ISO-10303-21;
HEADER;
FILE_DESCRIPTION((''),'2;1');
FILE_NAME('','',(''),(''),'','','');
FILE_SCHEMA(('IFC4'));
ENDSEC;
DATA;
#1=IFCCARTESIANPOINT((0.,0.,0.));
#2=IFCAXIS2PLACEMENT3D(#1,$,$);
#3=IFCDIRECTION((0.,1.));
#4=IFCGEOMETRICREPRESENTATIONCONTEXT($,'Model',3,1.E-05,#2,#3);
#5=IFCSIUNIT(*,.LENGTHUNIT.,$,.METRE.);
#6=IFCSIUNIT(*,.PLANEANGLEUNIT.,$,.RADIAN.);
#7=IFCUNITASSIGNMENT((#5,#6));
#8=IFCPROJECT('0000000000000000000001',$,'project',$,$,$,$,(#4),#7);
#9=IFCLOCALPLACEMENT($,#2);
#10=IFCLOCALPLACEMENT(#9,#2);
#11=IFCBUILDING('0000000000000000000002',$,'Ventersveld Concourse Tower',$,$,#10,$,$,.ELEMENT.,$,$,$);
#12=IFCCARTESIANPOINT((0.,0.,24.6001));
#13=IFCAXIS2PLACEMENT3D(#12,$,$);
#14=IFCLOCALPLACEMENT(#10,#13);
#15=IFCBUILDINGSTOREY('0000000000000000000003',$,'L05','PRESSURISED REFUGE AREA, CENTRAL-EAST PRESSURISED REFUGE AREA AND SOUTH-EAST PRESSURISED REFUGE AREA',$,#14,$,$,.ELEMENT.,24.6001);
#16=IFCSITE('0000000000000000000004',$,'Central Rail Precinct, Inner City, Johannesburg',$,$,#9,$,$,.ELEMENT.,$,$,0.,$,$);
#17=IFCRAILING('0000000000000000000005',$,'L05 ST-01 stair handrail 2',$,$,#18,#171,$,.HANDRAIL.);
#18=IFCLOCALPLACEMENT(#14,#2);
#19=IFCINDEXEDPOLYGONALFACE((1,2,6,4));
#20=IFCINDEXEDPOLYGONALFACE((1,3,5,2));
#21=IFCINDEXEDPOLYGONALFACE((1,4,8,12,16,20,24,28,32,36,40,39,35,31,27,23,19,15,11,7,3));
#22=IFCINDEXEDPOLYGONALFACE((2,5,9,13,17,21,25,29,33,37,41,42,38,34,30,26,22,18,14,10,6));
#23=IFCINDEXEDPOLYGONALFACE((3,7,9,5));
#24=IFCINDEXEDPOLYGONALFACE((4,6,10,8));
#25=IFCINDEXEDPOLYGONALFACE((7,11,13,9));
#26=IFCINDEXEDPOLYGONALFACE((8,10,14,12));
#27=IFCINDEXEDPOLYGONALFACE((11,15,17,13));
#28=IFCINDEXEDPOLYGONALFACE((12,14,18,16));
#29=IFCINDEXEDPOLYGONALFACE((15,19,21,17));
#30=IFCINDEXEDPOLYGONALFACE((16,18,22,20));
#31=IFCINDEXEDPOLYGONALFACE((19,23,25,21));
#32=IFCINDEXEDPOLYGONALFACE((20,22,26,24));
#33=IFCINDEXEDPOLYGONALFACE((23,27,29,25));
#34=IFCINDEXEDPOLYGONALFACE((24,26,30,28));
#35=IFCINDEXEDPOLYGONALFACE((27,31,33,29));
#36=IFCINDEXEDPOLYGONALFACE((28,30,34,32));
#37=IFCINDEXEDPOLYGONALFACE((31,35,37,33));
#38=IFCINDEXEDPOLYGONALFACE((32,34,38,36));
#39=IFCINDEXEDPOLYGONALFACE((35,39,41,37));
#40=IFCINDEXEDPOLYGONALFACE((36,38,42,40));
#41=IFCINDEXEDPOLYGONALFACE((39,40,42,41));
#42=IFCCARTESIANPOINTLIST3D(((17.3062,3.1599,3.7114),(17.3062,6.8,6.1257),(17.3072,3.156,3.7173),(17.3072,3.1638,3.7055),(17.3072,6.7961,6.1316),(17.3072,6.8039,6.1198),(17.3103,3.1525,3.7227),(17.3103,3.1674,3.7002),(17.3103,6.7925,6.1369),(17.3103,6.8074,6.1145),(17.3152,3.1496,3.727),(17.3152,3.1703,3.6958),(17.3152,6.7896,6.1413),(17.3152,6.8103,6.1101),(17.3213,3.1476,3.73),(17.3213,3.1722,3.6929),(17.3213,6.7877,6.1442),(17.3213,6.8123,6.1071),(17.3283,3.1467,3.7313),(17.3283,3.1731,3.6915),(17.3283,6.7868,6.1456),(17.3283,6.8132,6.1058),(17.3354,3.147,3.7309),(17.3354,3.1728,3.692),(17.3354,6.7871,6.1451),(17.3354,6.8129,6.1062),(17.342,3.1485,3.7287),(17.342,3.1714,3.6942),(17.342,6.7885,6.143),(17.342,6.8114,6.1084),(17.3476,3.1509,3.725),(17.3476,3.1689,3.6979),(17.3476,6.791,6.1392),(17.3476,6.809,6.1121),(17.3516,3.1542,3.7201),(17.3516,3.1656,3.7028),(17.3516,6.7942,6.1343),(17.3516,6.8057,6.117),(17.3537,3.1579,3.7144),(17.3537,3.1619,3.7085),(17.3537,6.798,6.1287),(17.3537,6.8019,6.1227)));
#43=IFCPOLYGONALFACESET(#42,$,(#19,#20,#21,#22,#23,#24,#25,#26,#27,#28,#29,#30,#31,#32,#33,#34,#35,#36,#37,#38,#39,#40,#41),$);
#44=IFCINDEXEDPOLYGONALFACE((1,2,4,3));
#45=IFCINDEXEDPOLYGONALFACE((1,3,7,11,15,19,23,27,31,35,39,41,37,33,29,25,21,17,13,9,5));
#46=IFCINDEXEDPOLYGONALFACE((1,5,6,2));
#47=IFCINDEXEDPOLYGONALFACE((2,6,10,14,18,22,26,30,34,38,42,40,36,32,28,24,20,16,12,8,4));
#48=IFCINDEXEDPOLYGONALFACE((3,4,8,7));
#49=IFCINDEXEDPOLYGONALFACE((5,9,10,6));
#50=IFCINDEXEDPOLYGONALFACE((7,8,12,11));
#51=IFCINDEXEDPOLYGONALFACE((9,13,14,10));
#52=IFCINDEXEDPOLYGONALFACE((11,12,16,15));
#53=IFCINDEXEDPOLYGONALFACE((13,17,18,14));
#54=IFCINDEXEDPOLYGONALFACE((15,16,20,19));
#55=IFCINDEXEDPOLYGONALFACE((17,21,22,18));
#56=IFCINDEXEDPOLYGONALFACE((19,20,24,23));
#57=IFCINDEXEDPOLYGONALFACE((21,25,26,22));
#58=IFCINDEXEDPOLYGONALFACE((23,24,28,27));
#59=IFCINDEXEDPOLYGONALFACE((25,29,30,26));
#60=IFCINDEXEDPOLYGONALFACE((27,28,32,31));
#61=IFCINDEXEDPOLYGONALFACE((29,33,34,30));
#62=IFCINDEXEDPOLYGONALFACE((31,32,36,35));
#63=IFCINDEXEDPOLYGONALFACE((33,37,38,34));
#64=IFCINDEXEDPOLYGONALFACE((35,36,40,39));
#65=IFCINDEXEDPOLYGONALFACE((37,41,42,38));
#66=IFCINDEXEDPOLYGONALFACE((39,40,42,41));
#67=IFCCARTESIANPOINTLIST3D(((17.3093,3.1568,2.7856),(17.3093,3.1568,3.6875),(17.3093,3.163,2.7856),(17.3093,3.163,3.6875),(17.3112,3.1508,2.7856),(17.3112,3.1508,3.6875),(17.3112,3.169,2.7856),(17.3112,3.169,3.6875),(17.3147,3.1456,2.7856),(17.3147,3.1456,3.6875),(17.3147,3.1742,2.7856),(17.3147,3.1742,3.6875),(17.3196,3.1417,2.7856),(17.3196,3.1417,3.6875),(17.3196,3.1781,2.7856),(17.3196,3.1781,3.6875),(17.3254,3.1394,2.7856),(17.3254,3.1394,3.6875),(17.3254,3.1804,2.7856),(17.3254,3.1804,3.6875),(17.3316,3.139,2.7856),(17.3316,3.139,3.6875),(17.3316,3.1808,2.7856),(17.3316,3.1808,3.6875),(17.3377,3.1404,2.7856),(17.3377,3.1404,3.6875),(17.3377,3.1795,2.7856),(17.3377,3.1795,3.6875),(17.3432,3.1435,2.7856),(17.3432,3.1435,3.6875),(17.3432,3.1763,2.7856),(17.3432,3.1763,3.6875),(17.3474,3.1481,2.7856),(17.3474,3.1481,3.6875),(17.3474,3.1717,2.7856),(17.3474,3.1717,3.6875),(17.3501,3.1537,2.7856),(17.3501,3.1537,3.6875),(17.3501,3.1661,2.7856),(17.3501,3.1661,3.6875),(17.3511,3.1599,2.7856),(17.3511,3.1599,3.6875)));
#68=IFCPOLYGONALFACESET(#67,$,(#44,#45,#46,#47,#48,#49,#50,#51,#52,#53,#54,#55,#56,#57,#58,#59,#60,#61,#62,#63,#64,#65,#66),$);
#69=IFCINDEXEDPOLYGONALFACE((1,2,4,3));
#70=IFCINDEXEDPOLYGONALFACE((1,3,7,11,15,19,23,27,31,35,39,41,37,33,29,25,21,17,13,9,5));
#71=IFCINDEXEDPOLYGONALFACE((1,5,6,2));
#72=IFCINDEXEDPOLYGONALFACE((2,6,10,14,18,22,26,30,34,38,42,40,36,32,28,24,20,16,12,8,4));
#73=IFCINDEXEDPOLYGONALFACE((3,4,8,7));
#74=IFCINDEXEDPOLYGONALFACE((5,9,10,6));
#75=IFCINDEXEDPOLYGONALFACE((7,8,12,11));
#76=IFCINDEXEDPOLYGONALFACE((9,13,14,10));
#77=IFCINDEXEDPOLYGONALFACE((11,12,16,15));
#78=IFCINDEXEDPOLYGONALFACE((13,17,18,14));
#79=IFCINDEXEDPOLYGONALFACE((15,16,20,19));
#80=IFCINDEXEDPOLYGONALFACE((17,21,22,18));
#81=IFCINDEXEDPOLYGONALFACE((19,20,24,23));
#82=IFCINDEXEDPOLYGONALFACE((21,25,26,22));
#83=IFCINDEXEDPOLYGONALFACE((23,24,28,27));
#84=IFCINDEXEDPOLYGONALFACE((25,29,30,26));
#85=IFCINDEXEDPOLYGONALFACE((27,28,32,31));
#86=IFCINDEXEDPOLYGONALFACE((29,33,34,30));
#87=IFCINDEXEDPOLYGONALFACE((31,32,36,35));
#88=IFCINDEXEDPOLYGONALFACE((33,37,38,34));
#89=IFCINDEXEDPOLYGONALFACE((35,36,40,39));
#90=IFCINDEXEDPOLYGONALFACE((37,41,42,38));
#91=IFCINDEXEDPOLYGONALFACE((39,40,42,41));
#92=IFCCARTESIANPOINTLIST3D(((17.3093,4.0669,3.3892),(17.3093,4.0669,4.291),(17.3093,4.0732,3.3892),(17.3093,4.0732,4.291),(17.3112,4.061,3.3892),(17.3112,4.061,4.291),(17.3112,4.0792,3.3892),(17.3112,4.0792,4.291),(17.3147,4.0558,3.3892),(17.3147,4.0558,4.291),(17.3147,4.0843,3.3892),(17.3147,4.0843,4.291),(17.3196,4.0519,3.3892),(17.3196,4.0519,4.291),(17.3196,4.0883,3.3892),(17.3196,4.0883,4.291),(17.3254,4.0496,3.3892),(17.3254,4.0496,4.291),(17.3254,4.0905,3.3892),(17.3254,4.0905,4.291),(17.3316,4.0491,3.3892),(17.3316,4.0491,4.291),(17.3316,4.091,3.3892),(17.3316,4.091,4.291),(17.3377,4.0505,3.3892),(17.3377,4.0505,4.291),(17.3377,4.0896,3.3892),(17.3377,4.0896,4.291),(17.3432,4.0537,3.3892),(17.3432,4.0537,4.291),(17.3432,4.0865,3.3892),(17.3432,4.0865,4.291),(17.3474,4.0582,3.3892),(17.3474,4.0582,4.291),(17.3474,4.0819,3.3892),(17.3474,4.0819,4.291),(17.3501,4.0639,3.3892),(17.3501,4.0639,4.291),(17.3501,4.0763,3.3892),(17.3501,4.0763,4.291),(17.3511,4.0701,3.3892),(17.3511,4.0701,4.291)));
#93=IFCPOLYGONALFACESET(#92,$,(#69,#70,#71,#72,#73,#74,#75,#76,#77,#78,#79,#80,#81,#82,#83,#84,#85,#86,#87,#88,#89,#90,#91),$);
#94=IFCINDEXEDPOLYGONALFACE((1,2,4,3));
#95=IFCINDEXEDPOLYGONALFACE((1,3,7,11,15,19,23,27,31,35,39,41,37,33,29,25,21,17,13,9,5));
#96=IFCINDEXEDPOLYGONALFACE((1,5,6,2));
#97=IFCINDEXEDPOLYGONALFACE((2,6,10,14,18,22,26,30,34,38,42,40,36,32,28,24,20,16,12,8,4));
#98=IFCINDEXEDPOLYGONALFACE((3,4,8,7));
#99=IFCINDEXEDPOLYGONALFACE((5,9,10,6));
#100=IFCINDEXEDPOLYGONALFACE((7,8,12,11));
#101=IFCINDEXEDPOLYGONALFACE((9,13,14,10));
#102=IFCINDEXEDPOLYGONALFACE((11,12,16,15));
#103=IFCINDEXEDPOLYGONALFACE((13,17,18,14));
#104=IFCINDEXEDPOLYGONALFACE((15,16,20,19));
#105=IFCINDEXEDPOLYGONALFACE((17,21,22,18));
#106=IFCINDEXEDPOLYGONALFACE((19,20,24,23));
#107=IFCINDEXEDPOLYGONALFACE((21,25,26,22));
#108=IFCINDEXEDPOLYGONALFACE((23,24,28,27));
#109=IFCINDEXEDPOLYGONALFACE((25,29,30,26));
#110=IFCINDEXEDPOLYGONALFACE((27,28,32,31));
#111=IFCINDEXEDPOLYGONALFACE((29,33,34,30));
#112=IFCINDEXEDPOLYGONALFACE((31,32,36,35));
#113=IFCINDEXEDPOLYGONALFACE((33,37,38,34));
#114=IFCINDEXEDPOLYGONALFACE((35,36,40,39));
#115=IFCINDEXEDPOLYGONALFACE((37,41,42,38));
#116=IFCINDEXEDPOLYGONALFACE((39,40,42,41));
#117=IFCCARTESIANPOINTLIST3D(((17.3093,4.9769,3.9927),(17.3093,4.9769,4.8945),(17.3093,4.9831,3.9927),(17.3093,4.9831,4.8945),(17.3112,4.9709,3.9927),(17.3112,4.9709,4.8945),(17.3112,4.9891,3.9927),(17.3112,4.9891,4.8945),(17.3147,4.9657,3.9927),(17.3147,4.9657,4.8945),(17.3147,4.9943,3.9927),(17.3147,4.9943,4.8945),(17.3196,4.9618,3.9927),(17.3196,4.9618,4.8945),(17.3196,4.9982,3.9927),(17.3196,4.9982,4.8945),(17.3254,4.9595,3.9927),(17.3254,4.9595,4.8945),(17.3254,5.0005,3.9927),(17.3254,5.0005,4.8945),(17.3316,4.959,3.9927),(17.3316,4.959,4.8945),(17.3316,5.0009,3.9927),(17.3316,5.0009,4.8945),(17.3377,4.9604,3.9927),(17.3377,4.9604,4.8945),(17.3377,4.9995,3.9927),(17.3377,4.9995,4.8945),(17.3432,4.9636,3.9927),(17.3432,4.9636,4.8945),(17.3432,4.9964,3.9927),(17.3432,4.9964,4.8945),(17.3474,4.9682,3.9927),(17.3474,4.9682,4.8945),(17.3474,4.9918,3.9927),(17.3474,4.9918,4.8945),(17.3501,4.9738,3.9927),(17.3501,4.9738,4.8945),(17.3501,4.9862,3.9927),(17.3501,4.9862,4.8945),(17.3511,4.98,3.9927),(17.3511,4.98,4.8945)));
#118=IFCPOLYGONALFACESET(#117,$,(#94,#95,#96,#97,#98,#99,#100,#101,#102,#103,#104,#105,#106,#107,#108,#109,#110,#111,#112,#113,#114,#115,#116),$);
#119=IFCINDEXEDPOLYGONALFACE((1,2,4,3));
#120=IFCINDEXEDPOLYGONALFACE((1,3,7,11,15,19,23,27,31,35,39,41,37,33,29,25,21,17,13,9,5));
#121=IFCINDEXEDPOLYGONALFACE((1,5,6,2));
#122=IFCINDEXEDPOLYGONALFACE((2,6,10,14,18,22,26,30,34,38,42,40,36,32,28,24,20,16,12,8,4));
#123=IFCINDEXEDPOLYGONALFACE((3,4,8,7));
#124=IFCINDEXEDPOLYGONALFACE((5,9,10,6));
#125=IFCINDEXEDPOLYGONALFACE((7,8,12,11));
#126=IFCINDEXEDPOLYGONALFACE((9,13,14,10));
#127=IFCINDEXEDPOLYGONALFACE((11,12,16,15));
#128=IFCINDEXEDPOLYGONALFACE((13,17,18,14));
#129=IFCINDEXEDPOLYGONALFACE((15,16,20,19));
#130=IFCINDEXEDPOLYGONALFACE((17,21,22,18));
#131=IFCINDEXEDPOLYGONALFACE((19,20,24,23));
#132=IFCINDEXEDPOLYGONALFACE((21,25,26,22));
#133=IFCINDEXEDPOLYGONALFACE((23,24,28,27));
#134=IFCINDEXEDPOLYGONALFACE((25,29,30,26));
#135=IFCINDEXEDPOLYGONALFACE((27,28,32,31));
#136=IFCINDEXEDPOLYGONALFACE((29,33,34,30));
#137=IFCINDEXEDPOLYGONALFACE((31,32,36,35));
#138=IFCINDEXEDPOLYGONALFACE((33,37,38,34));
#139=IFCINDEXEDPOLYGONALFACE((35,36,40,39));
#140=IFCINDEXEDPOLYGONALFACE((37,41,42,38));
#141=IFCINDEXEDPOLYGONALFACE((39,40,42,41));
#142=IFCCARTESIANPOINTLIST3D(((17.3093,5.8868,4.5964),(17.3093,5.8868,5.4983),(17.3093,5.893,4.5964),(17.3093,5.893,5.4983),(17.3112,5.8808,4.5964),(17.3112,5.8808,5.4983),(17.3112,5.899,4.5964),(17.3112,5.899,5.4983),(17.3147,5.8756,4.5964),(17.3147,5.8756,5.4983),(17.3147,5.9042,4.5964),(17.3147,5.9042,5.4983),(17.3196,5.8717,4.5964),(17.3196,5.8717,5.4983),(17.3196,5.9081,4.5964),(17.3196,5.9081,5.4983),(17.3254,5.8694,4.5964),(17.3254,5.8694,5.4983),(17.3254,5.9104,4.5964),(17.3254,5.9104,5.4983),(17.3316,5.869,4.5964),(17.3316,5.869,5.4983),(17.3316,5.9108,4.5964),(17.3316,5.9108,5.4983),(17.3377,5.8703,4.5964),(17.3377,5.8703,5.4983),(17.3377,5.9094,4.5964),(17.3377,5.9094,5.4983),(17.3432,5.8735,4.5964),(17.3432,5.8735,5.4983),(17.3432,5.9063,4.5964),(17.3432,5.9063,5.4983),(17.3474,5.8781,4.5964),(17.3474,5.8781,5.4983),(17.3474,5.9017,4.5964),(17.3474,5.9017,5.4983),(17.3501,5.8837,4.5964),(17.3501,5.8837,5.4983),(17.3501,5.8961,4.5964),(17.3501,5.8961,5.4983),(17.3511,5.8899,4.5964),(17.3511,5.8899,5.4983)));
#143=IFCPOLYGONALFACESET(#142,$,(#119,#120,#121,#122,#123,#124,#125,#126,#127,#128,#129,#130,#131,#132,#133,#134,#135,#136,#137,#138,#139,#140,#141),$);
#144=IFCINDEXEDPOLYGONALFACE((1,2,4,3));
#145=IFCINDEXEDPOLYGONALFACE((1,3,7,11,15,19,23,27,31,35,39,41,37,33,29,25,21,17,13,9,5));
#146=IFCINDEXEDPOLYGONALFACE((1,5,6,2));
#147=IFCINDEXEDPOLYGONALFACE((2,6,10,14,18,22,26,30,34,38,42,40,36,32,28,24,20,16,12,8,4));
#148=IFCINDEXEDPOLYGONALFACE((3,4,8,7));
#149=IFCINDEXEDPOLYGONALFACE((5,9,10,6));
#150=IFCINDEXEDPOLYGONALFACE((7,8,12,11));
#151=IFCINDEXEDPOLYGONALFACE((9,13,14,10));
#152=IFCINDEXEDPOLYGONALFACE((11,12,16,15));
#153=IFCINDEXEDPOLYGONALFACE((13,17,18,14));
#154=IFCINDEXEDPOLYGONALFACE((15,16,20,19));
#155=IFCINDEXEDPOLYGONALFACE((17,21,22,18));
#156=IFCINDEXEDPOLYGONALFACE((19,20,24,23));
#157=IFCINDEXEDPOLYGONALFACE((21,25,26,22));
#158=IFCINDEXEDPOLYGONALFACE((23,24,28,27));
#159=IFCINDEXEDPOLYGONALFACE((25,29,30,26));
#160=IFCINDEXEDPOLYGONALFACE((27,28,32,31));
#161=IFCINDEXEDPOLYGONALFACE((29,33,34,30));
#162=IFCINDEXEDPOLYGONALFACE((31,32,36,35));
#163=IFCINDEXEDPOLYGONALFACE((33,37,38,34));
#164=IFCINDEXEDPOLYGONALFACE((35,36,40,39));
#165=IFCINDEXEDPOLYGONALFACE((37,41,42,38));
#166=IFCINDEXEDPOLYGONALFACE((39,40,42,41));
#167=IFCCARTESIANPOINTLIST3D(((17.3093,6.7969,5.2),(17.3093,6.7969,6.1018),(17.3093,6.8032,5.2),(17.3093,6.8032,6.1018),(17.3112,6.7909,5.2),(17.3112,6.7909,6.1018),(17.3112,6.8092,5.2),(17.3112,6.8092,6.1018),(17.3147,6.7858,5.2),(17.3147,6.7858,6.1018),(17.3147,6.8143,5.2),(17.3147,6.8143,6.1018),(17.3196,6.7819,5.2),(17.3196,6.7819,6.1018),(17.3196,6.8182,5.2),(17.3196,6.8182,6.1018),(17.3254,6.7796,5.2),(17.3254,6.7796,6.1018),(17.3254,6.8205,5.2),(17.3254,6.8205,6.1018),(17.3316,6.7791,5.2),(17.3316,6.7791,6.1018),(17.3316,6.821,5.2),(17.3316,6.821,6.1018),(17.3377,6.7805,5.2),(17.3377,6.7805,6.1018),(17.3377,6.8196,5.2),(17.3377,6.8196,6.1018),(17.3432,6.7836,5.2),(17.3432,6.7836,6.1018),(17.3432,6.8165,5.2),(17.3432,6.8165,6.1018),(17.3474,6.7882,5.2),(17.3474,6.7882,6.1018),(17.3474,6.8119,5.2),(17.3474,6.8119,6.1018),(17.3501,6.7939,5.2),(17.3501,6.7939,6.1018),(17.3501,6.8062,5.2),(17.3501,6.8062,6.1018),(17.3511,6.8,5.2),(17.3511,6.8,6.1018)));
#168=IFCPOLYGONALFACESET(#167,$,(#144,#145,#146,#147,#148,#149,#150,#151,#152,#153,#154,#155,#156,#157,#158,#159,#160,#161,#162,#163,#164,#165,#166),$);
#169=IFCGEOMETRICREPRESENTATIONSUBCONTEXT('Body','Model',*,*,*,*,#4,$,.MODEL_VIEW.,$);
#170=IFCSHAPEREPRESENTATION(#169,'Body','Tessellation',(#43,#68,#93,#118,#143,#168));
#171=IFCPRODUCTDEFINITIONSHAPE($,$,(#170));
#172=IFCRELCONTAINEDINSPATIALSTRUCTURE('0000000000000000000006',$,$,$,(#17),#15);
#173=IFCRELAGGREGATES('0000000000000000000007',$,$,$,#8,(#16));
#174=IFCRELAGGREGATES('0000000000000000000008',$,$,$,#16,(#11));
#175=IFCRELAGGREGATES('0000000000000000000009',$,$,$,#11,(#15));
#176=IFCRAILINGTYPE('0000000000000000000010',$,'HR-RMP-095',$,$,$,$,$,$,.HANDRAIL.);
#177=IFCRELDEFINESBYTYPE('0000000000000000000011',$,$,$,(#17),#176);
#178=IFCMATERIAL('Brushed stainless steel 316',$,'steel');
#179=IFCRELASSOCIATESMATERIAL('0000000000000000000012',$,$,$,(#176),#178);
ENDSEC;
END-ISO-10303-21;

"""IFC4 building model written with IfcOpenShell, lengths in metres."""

from ifc_helpers import new_model, si_unit, direction, frame, origin, origin_2d, place, context, subcontext, project, spatial, circle, extrude, material, type_object, element, save


model = new_model("IFC4")

# Units and contexts
model_context = context("Model", 3, precision=1e-05, world=origin(), true_north=direction((0.0, 1.0)))
body_context = subcontext(model_context, "Body", "Model", "MODEL_VIEW")
ifc_project = project(units=[si_unit("LENGTHUNIT", "METRE"), si_unit("PLANEANGLEUNIT", "RADIAN")], contexts=[model_context])

# Site, building, storey
site_placement = place(None, origin())
site = spatial("IfcSite", under=ifc_project, at=site_placement, Name="Central Rail Precinct, Inner City, Johannesburg", CompositionType="ELEMENT", RefElevation=0.0)
building_placement = place(site_placement, origin())
building = spatial("IfcBuilding", under=site, at=building_placement, Name="Ventersveld Concourse Tower", CompositionType="ELEMENT")
storey_placement = place(building_placement, frame((0.0, 0.0, 24.6001)))
storey = spatial("IfcBuildingStorey", under=building, at=storey_placement, Name="L05", Description="PRESSURISED REFUGE AREA, CENTRAL-EAST PRESSURISED REFUGE AREA AND SOUTH-EAST PRESSURISED REFUGE AREA", CompositionType="ELEMENT", Elevation=24.6001)

# Shared definitions
ifc_material_1 = material(Name="Brushed stainless steel 316", Category="steel")

# Railing
railing_type_1 = type_object("IfcRailingType", Name="HR-RMP-095", PredefinedType="HANDRAIL", material=ifc_material_1)
railing_1_placement = place(storey_placement, frame((17.3301, 3.1599, 2.7856)))
element("IfcRailing", 1, at=railing_1_placement, inside=storey, type_object=railing_type_1, Name="L05 ST-01 stair handrail 2", PredefinedType="HANDRAIL", context=body_context, shape_type="SweptSolid", body=[
    extrude(circle(Radius=0.0239, at=origin_2d()), frame((0.0, 0.0, 0.9258), z_axis=(0.0, 0.833364, 0.552725), x_axis=(-1.0, 0.0, 0.0)), (0.0, 0.0, 1.0), 4.3679),
    extrude(circle(Radius=0.021, at=origin_2d()), origin(), (0.0, 0.0, 1.0), 0.9019),
    extrude(circle(Radius=0.021, at=origin_2d()), frame((0.0, 0.9102, 0.6035)), (0.0, 0.0, 1.0), 0.9019),
    extrude(circle(Radius=0.021, at=origin_2d()), frame((0.0, 1.8201, 1.207)), (0.0, 0.0, 1.0), 0.9019),
    extrude(circle(Radius=0.021, at=origin_2d()), frame((0.0, 2.73, 1.8108)), (0.0, 0.0, 1.0), 0.9019),
    extrude(circle(Radius=0.021, at=origin_2d()), frame((0.0, 3.6401, 2.4143)), (0.0, 0.0, 1.0), 0.9019),
])

save(model, "model.ifc")
